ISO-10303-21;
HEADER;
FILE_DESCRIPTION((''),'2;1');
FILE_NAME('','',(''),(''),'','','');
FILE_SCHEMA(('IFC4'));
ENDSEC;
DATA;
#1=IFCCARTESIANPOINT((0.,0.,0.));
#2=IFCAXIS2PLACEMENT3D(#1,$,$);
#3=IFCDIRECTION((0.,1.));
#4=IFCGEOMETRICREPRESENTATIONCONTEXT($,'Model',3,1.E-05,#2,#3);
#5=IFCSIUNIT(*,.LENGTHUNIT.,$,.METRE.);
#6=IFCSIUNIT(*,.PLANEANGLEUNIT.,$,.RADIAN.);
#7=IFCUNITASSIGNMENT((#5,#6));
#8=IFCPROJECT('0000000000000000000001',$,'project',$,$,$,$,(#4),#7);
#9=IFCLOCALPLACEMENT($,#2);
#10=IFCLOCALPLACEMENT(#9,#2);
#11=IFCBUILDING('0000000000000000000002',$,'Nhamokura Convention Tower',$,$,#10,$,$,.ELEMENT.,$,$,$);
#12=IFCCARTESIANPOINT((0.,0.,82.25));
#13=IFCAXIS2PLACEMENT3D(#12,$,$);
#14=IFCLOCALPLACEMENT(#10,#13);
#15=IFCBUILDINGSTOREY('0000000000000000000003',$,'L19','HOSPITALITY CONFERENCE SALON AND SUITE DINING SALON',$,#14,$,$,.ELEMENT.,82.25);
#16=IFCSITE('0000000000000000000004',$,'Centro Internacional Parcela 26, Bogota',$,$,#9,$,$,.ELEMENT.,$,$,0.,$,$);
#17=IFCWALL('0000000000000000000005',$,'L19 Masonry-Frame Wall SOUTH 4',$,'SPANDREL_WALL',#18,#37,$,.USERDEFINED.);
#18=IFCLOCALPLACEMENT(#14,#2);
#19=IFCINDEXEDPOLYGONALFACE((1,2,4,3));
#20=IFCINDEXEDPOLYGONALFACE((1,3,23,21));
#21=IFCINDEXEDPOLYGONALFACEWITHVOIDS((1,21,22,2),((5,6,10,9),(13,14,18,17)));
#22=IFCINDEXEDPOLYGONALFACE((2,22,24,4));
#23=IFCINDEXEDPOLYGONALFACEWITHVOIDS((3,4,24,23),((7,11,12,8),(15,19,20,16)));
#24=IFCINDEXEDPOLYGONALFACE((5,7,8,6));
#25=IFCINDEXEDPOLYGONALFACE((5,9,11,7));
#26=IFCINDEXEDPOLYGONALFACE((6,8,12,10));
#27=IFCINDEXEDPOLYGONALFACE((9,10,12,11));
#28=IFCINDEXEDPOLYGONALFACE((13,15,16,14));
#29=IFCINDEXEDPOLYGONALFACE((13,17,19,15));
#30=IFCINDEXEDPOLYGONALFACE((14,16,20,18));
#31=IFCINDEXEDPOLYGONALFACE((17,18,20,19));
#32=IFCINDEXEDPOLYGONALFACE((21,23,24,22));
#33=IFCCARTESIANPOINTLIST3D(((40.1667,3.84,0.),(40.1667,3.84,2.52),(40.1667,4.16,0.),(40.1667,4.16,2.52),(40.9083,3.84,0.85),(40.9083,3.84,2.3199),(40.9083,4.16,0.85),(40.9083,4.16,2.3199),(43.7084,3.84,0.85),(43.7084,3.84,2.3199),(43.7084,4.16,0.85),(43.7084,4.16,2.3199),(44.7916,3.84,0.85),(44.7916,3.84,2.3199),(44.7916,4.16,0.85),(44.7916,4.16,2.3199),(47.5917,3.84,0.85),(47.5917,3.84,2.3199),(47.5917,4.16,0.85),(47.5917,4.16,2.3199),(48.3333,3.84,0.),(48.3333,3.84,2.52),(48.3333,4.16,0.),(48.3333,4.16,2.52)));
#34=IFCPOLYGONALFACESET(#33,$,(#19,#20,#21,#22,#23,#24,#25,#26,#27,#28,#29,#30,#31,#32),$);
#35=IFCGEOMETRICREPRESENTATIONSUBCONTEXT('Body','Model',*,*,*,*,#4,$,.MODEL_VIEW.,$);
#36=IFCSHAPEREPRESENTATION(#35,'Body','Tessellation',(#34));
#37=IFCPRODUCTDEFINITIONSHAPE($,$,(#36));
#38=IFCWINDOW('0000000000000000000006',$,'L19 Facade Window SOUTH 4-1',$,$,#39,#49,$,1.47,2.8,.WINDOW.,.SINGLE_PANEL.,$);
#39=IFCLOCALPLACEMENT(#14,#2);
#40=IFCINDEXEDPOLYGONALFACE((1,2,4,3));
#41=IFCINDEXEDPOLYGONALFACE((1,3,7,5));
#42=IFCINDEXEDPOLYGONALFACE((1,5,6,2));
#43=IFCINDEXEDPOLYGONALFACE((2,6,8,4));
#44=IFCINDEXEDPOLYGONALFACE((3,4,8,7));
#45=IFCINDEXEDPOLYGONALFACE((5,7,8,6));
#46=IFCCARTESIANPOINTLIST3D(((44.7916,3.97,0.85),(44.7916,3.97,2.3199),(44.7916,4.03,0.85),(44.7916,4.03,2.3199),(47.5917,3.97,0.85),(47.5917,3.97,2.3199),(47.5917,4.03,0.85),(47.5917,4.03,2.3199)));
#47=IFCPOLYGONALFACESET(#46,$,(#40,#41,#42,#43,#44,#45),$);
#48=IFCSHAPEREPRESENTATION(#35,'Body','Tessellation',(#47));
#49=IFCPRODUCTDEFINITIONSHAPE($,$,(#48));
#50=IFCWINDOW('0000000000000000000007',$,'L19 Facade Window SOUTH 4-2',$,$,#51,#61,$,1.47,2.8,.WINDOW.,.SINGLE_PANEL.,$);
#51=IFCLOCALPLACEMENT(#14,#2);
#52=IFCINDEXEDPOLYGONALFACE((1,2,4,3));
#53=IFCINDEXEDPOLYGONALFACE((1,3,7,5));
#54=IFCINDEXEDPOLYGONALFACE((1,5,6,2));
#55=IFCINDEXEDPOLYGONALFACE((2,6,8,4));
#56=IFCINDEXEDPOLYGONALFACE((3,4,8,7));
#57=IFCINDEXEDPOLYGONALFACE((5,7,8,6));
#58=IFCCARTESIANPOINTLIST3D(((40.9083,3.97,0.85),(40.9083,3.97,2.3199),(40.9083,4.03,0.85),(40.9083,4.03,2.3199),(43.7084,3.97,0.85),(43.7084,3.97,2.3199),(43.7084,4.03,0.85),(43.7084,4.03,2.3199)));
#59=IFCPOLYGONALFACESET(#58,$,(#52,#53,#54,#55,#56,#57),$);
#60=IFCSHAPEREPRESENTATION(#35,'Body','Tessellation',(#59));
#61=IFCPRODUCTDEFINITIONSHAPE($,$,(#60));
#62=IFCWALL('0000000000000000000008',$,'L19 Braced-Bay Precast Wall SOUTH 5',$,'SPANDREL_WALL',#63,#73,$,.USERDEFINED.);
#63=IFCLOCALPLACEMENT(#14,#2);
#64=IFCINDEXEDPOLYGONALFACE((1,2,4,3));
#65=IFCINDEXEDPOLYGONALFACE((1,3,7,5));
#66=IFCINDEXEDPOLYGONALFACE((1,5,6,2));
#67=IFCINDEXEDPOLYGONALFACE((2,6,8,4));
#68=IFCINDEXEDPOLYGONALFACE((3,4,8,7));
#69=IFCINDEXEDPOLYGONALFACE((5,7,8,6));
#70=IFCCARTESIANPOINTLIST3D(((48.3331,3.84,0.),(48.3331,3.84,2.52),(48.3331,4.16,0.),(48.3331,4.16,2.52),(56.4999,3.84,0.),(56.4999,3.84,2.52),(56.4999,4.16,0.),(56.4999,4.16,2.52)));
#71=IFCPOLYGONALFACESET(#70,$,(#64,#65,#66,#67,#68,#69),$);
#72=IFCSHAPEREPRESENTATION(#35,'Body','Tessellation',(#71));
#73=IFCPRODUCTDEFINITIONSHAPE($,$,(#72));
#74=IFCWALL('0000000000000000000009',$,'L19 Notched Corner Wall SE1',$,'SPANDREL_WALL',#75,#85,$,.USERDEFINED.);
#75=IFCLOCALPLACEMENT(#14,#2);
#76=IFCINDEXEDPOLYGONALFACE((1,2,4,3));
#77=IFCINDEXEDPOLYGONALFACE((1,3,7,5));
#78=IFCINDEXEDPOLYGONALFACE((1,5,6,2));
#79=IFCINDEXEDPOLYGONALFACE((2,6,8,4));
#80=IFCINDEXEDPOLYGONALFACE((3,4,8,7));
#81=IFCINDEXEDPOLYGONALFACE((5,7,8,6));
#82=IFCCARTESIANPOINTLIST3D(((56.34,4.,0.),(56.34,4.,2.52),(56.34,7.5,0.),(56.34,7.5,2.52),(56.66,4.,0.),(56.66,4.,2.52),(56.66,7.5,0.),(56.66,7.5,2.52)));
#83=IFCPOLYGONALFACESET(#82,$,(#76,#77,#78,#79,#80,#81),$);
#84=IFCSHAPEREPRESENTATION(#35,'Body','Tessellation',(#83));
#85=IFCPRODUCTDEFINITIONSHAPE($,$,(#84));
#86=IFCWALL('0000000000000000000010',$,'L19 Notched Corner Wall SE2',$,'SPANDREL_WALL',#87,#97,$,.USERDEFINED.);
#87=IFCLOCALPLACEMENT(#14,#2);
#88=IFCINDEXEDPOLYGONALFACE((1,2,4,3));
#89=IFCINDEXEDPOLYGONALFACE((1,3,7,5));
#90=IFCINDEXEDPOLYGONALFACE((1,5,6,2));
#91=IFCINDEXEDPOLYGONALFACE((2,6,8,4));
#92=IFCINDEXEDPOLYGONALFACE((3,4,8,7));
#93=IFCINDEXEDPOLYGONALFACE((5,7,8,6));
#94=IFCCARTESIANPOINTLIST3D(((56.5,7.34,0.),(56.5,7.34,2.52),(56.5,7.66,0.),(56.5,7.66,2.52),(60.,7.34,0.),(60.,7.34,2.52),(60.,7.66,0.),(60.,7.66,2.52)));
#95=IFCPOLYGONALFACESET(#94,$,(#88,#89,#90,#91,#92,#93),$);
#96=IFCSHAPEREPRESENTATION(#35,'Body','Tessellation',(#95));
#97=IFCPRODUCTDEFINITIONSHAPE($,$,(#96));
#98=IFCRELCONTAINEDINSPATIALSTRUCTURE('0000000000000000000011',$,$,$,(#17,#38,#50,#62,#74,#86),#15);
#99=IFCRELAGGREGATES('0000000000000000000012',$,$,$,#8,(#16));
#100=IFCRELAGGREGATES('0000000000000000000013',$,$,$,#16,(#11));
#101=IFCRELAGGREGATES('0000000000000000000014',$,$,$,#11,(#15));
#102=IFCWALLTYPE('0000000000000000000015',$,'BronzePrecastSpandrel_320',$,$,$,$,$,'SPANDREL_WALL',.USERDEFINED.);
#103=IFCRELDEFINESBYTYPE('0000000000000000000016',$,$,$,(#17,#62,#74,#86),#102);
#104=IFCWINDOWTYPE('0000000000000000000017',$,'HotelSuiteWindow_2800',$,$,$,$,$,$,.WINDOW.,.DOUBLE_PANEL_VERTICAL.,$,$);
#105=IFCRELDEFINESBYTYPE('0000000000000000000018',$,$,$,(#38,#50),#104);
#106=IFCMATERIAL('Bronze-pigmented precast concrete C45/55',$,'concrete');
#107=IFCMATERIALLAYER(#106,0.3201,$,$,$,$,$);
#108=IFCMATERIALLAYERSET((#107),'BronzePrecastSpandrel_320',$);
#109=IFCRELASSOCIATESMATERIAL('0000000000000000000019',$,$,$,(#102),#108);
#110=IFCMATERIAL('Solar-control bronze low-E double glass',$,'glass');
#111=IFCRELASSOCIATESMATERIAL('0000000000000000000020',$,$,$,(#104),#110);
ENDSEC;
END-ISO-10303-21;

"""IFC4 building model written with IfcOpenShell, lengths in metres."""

from ifc_helpers import new_model, si_unit, direction, frame, frame_2d, origin, place, context, subcontext, project, spatial, rectangle, extrude, material, layer, layer_set, type_object, element, fill, save


model = new_model("IFC4")

# Units and contexts
model_context = context("Model", 3, precision=1e-05, world=origin(), true_north=direction((0.0, 1.0)))
body_context = subcontext(model_context, "Body", "Model", "MODEL_VIEW")
ifc_project = project(units=[si_unit("LENGTHUNIT", "METRE"), si_unit("PLANEANGLEUNIT", "RADIAN")], contexts=[model_context])

# Site, building, storey
site_placement = place(None, origin())
site = spatial("IfcSite", under=ifc_project, at=site_placement, Name="Centro Internacional Parcela 26, Bogota", CompositionType="ELEMENT", RefElevation=0.0)
building_placement = place(site_placement, origin())
building = spatial("IfcBuilding", under=site, at=building_placement, Name="Nhamokura Convention Tower", CompositionType="ELEMENT")
storey_placement = place(building_placement, frame((0.0, 0.0, 82.25)))
storey = spatial("IfcBuildingStorey", under=building, at=storey_placement, Name="L19", Description="HOSPITALITY CONFERENCE SALON AND SUITE DINING SALON", CompositionType="ELEMENT", Elevation=82.25)

# Wall, openings, windows
ifc_material_1 = material(Name="Bronze-pigmented precast concrete C45/55", Category="concrete")
ifc_layer = layer(ifc_material_1, 0.3201)
ifc_layer_set = layer_set([ifc_layer], Name="BronzePrecastSpandrel_320")
wall_type = type_object("IfcWallType", Name="BronzePrecastSpandrel_320", ElementType="SPANDREL_WALL", PredefinedType="USERDEFINED", material=ifc_layer_set)
wall_1_placement = place(storey_placement, frame((48.3333, 4.0, 0.0), z_axis=(0.0, 0.0, 1.0), x_axis=(-1.0, 0.0, 0.0)))
wall_1 = element("IfcWall", 1, at=wall_1_placement, inside=storey, type_object=wall_type, Name="L19 Masonry-Frame Wall SOUTH 4", ObjectType="SPANDREL_WALL", PredefinedType="USERDEFINED", context=body_context, shape_type="SweptSolid", body=[
    extrude(rectangle(XDim=8.1665, YDim=0.3201, at=frame_2d((4.0833, 0.0))), origin(), (0.0, 0.0, 1.0), 2.52),
])
opening_1_placement = place(wall_1_placement, frame((0.7417, 0.0, 0.8501)))
opening_1 = element("IfcOpeningElement", 2, at=opening_1_placement, cuts=wall_1, PredefinedType="OPENING", context=body_context, shape_type="SweptSolid", body=[
    extrude(rectangle(XDim=2.8, YDim=1.47, at=frame_2d((1.3999, 0.7349))), frame((0.0, 0.1699, 0.0), z_axis=(0.0, -1.0, 0.0), x_axis=(1.0, 0.0, 0.0)), (0.0, 0.0, 1.0), 0.3401),
])
opening_2_placement = place(wall_1_placement, frame((4.625, 0.0, 0.8501)))
opening_2 = element("IfcOpeningElement", 3, at=opening_2_placement, cuts=wall_1, PredefinedType="OPENING", context=body_context, shape_type="SweptSolid", body=[
    extrude(rectangle(XDim=2.8, YDim=1.47, at=frame_2d((1.3999, 0.7349))), frame((0.0, 0.1699, 0.0), z_axis=(0.0, -1.0, 0.0), x_axis=(1.0, 0.0, 0.0)), (0.0, 0.0, 1.0), 0.3401),
])
ifc_material_2 = material(Name="Solar-control bronze low-E double glass", Category="glass")
window_type = type_object("IfcWindowType", Name="HotelSuiteWindow_2800", PartitioningType="DOUBLE_PANEL_VERTICAL", PredefinedType="WINDOW", material=ifc_material_2)
window_1_placement = place(opening_1_placement, origin())
window_1 = element("IfcWindow", 4, at=window_1_placement, inside=storey, type_object=window_type, Name="L19 Facade Window SOUTH 4-1", OverallHeight=1.47, OverallWidth=2.8, PartitioningType="SINGLE_PANEL", PredefinedType="WINDOW", context=body_context, shape_type="SweptSolid", body=[
    extrude(rectangle(XDim=2.8, YDim=1.47, at=frame_2d((1.3999, 0.7349))), frame((0.0, 0.03, 0.0), z_axis=(0.0, -1.0, 0.0), x_axis=(1.0, 0.0, 0.0)), (0.0, 0.0, 1.0), 0.0601),
])
fill(opening_1, window_1)
window_2_placement = place(opening_2_placement, origin())
window_2 = element("IfcWindow", 5, at=window_2_placement, inside=storey, type_object=window_type, Name="L19 Facade Window SOUTH 4-2", OverallHeight=1.47, OverallWidth=2.8, PartitioningType="SINGLE_PANEL", PredefinedType="WINDOW", context=body_context, shape_type="SweptSolid", body=[
    extrude(rectangle(XDim=2.8, YDim=1.47, at=frame_2d((1.3999, 0.7349))), frame((0.0, 0.03, 0.0), z_axis=(0.0, -1.0, 0.0), x_axis=(1.0, 0.0, 0.0)), (0.0, 0.0, 1.0), 0.0601),
])
fill(opening_2, window_2)

# Walls
wall_2_placement = place(storey_placement, frame((56.5, 4.0, 0.0), z_axis=(0.0, 0.0, 1.0), x_axis=(-1.0, 0.0, 0.0)))
element("IfcWall", 6, at=wall_2_placement, inside=storey, type_object=wall_type, Name="L19 Braced-Bay Precast Wall SOUTH 5", ObjectType="SPANDREL_WALL", PredefinedType="USERDEFINED", context=body_context, shape_type="SweptSolid", body=[
    extrude(rectangle(XDim=8.1667, YDim=0.3201, at=frame_2d((4.0835, 0.0))), origin(), (0.0, 0.0, 1.0), 2.52),
])
for number, where, z_axis, x_axis, name in (
    (7, (56.5, 7.5, 0.0), (0.0, 0.0, 1.0), (0.0, -1.0, 0.0), "L19 Notched Corner Wall SE1"),
    (8, (60.0, 7.5, 0.0), (0.0, 0.0, 1.0), (-1.0, 0.0, 0.0), "L19 Notched Corner Wall SE2"),
):
    element("IfcWall", number, at=place(storey_placement, frame(where, z_axis=z_axis, x_axis=x_axis)), inside=storey, type_object=wall_type, Name=name, ObjectType="SPANDREL_WALL", PredefinedType="USERDEFINED", context=body_context, shape_type="SweptSolid", body=[
        extrude(rectangle(XDim=3.5, YDim=0.3201, at=frame_2d((1.75, 0.0))), origin(), (0.0, 0.0, 1.0), 2.52),
    ])

save(model, "model.ifc")
